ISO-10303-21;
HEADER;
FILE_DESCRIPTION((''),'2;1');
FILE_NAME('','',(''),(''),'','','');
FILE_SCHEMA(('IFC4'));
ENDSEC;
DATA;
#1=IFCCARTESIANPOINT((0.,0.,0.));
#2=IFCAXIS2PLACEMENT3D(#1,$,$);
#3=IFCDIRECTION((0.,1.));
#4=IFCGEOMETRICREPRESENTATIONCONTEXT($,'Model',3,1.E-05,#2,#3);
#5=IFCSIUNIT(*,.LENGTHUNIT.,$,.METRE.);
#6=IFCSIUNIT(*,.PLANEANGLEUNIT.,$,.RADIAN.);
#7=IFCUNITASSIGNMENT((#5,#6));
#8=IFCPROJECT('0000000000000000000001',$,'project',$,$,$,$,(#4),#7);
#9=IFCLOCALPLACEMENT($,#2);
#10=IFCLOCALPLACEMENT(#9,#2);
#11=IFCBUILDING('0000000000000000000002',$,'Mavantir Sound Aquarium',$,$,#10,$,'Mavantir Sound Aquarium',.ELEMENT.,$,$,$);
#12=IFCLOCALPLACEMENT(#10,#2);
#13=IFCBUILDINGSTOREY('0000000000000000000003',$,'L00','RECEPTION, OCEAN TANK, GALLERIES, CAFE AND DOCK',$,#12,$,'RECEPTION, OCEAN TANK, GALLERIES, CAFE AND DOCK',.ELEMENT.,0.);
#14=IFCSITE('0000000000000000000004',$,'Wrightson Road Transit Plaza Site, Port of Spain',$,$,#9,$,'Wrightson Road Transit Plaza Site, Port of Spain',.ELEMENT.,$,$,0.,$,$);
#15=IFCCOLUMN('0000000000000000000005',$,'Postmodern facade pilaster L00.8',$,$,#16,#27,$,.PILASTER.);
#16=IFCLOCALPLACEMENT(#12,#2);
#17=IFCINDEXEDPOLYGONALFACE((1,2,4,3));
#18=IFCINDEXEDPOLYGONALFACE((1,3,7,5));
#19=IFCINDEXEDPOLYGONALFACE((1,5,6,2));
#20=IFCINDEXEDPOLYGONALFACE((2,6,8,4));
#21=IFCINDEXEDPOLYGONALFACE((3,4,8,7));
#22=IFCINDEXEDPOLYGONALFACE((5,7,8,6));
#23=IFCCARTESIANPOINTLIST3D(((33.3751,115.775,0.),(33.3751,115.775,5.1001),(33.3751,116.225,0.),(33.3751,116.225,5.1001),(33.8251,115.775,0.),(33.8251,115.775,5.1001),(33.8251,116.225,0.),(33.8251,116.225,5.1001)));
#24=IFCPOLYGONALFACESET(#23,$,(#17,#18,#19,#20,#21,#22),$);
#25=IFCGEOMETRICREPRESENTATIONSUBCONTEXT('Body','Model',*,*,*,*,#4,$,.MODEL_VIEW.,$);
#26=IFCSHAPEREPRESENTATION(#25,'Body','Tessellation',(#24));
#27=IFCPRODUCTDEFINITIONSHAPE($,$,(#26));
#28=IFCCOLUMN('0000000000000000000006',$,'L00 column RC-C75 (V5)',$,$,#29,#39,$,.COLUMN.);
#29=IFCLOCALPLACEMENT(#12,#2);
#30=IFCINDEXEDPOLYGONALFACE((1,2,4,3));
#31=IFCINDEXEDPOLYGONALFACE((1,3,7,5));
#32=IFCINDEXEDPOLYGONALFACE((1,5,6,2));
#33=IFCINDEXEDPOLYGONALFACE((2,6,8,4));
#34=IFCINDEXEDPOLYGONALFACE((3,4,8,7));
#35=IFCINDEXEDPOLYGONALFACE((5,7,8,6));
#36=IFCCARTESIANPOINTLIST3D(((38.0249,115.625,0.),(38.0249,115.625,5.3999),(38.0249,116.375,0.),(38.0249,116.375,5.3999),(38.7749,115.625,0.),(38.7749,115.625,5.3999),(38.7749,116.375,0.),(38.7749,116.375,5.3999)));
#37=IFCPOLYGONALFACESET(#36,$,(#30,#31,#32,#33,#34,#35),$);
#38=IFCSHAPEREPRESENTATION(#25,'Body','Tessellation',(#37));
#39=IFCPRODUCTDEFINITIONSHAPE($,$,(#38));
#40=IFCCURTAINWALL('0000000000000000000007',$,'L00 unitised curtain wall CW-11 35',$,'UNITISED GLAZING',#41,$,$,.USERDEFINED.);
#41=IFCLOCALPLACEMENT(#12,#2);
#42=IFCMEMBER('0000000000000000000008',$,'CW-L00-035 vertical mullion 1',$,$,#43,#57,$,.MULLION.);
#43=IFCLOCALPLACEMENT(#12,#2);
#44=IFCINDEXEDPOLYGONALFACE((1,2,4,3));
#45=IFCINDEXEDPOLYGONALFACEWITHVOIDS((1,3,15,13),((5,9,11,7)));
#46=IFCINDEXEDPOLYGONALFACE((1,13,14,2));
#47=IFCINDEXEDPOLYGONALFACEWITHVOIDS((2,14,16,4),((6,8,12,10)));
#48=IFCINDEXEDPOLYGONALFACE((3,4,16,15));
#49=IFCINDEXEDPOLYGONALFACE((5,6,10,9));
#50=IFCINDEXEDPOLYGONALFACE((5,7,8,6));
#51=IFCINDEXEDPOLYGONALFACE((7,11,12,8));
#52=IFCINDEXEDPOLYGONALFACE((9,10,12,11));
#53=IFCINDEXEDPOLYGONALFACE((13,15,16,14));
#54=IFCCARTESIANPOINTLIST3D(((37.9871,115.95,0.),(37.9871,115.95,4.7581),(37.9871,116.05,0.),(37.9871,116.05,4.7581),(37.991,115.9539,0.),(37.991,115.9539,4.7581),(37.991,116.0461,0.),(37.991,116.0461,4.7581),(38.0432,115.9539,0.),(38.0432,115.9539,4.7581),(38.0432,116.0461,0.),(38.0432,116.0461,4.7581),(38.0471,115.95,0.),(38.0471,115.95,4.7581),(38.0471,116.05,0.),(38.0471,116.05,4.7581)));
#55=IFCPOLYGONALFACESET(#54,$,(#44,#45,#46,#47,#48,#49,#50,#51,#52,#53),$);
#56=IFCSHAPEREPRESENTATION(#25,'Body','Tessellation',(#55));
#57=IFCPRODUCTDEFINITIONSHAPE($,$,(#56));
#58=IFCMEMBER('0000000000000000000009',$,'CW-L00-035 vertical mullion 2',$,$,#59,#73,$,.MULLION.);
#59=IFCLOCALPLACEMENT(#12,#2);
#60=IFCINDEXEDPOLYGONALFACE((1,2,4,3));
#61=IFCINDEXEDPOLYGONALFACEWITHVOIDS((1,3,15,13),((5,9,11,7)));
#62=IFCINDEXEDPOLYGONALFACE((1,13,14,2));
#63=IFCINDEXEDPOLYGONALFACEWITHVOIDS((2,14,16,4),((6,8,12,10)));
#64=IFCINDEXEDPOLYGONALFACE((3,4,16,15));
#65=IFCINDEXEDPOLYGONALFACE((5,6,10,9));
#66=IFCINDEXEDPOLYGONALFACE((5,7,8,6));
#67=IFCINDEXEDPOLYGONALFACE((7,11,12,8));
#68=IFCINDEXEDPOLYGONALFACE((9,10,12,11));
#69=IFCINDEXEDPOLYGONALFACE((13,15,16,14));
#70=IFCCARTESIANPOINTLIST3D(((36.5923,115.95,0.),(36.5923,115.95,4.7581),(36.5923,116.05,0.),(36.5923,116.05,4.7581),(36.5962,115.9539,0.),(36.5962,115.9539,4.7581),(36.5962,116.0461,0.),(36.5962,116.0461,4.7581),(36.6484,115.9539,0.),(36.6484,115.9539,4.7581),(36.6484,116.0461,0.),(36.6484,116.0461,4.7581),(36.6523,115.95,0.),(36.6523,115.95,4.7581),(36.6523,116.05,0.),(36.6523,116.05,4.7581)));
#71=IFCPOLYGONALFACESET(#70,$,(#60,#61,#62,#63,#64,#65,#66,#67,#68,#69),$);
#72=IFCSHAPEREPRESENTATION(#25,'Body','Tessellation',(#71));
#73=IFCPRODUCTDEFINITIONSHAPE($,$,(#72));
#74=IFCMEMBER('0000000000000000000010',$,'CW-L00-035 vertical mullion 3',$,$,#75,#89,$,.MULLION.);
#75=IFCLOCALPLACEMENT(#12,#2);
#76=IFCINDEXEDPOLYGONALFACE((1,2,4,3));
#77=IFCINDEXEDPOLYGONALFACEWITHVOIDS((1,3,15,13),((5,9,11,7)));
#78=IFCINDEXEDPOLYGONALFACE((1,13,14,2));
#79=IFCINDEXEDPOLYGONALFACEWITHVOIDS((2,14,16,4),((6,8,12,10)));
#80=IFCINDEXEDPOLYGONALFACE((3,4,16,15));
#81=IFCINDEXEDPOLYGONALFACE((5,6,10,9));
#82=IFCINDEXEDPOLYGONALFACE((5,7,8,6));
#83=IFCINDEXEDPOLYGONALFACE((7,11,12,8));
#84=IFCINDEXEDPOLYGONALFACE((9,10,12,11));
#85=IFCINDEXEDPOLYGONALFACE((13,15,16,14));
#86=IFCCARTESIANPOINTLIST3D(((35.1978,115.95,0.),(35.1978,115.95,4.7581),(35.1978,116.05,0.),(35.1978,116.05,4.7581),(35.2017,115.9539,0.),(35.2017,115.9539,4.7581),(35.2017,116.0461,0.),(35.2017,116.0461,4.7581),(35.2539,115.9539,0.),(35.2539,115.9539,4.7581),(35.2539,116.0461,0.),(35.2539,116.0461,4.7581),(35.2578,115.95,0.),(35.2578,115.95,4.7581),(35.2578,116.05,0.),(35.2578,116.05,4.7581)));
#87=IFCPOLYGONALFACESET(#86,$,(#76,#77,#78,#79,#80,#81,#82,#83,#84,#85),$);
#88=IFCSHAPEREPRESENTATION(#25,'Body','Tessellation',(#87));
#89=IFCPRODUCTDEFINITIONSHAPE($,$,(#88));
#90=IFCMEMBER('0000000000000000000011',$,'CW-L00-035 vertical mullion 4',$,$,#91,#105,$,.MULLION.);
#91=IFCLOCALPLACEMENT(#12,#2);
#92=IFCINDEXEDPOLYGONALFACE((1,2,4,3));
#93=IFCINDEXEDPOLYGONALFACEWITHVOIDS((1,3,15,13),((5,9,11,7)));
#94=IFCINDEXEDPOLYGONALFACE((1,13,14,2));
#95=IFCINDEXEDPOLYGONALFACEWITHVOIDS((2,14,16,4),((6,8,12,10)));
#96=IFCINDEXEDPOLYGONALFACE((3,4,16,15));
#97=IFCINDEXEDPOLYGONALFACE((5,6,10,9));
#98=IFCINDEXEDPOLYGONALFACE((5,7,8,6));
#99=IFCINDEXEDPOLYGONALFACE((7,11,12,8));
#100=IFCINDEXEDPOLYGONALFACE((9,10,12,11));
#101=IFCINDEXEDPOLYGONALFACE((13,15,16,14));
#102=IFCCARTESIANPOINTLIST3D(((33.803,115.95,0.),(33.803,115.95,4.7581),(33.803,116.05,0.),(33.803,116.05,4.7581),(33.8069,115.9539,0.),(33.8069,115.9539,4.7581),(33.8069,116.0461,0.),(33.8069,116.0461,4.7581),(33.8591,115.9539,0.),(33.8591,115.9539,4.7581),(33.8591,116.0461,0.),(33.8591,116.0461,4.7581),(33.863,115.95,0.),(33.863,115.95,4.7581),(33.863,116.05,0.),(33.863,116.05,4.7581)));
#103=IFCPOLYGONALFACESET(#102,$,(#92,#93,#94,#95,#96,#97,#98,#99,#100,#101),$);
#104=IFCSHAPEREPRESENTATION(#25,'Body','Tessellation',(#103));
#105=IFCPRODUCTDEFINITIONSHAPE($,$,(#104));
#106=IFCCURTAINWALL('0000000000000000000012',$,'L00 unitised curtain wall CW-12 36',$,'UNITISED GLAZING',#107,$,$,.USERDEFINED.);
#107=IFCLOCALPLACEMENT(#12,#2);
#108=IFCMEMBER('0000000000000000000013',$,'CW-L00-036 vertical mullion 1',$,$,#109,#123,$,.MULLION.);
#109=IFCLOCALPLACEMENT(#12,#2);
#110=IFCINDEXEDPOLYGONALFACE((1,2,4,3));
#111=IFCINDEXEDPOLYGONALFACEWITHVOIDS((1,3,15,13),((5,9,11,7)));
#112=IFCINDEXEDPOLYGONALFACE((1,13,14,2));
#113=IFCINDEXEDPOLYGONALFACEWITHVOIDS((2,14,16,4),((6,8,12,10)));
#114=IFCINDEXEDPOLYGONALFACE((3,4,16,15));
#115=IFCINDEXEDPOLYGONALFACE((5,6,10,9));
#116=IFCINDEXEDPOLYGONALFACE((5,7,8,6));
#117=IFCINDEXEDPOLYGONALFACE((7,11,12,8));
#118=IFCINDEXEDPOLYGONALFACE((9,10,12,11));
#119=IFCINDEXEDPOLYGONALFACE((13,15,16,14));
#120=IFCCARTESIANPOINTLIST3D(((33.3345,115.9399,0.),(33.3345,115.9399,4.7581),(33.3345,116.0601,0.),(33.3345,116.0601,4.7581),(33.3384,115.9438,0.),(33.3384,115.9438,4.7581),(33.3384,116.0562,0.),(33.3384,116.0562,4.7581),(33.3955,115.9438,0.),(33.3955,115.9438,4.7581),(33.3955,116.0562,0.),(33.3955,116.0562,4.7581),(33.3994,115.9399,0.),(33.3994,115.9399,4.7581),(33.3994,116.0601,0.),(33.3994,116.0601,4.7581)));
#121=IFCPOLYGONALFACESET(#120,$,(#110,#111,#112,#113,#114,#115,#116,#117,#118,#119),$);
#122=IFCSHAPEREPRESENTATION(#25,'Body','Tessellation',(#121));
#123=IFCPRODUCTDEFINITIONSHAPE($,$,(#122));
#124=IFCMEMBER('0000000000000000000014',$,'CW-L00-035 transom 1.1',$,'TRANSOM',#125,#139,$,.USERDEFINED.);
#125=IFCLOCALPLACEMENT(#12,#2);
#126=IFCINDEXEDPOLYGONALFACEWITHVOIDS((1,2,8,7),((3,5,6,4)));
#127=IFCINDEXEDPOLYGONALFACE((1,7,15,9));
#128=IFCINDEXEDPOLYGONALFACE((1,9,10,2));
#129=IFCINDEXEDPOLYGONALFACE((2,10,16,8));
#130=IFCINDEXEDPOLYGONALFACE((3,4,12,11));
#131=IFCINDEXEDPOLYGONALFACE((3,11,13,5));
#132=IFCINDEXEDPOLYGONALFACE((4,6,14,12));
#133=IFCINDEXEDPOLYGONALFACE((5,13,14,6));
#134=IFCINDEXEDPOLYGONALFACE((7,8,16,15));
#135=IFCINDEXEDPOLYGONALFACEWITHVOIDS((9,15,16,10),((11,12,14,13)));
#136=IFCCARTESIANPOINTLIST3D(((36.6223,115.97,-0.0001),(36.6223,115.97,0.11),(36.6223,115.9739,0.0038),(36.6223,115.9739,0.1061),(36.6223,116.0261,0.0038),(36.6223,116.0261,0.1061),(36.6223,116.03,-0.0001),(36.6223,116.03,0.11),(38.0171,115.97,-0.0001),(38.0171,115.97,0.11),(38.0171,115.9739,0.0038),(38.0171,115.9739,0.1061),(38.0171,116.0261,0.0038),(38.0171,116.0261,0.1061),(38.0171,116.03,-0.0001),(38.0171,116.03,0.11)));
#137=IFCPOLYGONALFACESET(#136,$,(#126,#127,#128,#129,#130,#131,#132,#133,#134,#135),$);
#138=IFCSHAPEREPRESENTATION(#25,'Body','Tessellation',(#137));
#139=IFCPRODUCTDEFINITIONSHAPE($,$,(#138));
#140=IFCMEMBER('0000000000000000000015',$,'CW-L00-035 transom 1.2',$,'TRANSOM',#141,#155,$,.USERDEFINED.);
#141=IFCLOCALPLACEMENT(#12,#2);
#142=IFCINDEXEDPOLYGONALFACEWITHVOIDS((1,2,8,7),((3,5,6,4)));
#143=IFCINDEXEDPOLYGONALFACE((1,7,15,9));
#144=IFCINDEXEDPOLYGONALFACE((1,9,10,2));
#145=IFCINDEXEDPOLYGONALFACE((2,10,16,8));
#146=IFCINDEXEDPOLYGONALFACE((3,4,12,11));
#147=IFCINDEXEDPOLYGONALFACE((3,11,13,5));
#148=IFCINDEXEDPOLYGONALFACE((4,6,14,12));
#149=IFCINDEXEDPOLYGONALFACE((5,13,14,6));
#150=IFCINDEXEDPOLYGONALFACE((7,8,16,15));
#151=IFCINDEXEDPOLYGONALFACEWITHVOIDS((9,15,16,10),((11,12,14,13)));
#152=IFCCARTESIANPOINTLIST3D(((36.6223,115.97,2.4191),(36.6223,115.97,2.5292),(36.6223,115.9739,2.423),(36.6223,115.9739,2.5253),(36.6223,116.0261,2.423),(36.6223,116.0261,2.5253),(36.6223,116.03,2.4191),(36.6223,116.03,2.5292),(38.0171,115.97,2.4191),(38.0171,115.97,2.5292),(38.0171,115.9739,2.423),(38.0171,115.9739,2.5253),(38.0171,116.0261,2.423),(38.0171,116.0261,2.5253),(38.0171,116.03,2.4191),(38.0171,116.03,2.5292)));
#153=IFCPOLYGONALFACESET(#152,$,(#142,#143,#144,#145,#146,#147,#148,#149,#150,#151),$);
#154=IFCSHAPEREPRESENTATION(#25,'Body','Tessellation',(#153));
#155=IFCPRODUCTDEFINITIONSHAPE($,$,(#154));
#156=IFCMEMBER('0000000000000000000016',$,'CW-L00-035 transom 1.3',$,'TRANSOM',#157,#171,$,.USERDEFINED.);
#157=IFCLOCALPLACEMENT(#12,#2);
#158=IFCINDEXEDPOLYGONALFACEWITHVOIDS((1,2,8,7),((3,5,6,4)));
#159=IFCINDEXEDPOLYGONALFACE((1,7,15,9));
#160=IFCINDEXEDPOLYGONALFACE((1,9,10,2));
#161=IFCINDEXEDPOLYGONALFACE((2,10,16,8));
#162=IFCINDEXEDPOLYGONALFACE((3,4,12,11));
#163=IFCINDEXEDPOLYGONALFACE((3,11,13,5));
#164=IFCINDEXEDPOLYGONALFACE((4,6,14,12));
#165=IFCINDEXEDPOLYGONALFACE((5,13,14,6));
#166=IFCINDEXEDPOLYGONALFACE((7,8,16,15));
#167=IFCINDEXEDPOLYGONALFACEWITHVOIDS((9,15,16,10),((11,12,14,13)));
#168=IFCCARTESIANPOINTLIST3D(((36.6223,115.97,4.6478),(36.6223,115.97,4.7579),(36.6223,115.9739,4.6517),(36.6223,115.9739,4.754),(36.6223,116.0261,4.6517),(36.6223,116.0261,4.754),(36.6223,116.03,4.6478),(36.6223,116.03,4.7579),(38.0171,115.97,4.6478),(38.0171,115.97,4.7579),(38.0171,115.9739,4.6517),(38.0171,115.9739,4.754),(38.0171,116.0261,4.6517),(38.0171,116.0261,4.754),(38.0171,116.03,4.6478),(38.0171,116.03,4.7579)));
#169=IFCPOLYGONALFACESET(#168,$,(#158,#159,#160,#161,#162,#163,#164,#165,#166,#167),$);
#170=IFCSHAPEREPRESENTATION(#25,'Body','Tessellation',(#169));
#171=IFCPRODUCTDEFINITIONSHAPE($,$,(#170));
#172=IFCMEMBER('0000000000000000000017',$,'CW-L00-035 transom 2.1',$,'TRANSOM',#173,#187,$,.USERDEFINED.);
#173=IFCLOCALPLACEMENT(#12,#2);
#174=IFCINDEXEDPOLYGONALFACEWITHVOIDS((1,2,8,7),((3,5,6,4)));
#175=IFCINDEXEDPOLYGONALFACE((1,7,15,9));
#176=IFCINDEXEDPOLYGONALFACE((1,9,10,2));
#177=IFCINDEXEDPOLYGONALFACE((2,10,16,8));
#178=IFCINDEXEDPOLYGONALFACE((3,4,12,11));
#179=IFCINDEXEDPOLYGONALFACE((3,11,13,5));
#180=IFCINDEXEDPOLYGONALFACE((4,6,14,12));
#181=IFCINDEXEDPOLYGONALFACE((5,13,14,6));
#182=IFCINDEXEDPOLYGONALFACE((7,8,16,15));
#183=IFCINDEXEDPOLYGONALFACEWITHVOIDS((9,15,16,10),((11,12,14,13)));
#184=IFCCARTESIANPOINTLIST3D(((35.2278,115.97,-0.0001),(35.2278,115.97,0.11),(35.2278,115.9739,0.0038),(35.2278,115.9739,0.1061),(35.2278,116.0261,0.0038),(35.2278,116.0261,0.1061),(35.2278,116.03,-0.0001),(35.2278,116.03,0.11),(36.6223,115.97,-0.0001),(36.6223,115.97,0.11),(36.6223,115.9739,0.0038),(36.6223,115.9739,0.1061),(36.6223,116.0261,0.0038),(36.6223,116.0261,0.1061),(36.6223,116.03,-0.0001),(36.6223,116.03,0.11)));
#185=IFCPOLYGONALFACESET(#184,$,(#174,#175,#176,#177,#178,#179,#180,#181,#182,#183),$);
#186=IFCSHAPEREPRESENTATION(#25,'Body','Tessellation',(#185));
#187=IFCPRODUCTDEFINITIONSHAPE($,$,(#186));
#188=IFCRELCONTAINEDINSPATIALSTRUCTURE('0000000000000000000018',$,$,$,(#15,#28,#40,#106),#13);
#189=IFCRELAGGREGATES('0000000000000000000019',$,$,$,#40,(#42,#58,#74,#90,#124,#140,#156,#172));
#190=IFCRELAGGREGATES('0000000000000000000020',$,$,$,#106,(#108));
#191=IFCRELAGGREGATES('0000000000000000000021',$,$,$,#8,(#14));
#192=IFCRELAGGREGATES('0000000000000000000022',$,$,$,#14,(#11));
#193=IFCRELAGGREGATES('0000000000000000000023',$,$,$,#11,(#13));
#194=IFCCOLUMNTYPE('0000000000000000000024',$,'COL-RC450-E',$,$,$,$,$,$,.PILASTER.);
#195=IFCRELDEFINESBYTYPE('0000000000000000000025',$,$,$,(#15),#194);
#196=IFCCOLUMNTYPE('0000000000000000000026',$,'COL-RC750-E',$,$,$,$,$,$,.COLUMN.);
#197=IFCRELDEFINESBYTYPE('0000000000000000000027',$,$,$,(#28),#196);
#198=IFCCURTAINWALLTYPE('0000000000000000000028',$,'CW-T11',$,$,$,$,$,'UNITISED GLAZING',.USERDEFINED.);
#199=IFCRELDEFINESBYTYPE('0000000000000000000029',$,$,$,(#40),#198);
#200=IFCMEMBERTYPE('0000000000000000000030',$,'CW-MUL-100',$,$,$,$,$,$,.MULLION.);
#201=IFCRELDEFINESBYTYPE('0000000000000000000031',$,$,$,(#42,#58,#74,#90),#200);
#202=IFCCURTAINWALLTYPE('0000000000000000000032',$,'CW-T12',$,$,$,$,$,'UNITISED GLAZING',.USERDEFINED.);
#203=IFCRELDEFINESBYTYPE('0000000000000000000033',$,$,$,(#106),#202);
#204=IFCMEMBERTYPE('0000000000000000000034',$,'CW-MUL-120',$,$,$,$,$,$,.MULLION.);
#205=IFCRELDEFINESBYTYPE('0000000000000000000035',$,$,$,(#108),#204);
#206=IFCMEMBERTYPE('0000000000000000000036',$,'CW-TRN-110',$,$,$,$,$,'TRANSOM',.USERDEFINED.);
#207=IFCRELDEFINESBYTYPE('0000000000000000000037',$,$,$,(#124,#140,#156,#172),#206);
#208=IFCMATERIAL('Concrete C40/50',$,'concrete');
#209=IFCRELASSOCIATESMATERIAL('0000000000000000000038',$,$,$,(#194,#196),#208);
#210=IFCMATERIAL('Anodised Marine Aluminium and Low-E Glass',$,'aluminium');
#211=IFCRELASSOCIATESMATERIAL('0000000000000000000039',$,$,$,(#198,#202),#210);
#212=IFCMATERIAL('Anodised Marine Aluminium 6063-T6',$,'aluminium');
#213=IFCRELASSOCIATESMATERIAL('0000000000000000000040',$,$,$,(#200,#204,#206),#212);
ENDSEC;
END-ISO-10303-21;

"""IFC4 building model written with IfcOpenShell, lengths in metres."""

from ifc_helpers import new_model, si_unit, direction, frame, origin, origin_2d, place, context, subcontext, project, spatial, rectangle, hollow_rectangle, extrude, material, material_profile, profile_set, type_object, element, aggregate, save


model = new_model("IFC4")

# Units and contexts
model_context = context("Model", 3, precision=1e-05, world=origin(), true_north=direction((0.0, 1.0)))
body_context = subcontext(model_context, "Body", "Model", "MODEL_VIEW")
ifc_project = project(units=[si_unit("LENGTHUNIT", "METRE"), si_unit("PLANEANGLEUNIT", "RADIAN")], contexts=[model_context])

# Site, building, storey
site_placement = place(None, origin())
site = spatial("IfcSite", under=ifc_project, at=site_placement, Name="Wrightson Road Transit Plaza Site, Port of Spain", LongName="Wrightson Road Transit Plaza Site, Port of Spain", CompositionType="ELEMENT", RefElevation=0.0)
building_placement = place(site_placement, origin())
building = spatial("IfcBuilding", under=site, at=building_placement, Name="Mavantir Sound Aquarium", LongName="Mavantir Sound Aquarium", CompositionType="ELEMENT")
storey_placement = place(building_placement, origin())
storey = spatial("IfcBuildingStorey", under=building, at=storey_placement, Name="L00", Description="RECEPTION, OCEAN TANK, GALLERIES, CAFE AND DOCK", LongName="RECEPTION, OCEAN TANK, GALLERIES, CAFE AND DOCK", CompositionType="ELEMENT", Elevation=0.0)

# Columns
ifc_material_1 = material(Name="Concrete C40/50", Category="concrete")
ifc_material_profile_1 = material_profile(ifc_material_1, rectangle(XDim=0.45, YDim=0.45, at=origin_2d()), Name="RC 450X450")
ifc_profile_set_1 = profile_set([ifc_material_profile_1], Name="Concrete C40/50")
column_type_1 = type_object("IfcColumnType", Name="COL-RC450-E", PredefinedType="PILASTER", material=ifc_profile_set_1)
column_1_placement = place(storey_placement, frame((33.6001, 116.0, 0.0), z_axis=(0.0, 0.0, 1.0), x_axis=(1.0, 0.0, 0.0)))
element("IfcColumn", 1, at=column_1_placement, inside=storey, type_object=column_type_1, Name="Postmodern facade pilaster L00.8", PredefinedType="PILASTER", context=body_context, shape_type="SweptSolid", body=[
    extrude(rectangle(XDim=0.45, YDim=0.45, at=origin_2d()), origin(), (0.0, 0.0, 1.0), 5.1001),
])
ifc_material_profile_2 = material_profile(ifc_material_1, rectangle(XDim=0.75, YDim=0.75, at=origin_2d()), Name="RC 750X750")
ifc_profile_set_2 = profile_set([ifc_material_profile_2], Name="Concrete C40/50")
column_type_2 = type_object("IfcColumnType", Name="COL-RC750-E", PredefinedType="COLUMN", material=ifc_profile_set_2)
column_2_placement = place(storey_placement, frame((38.3999, 116.0, 0.0), z_axis=(0.0, 0.0, 1.0), x_axis=(1.0, 0.0, 0.0)))
element("IfcColumn", 2, at=column_2_placement, inside=storey, type_object=column_type_2, Name="L00 column RC-C75 (V5)", PredefinedType="COLUMN", context=body_context, shape_type="SweptSolid", body=[
    extrude(rectangle(XDim=0.75, YDim=0.75, at=origin_2d()), origin(), (0.0, 0.0, 1.0), 5.3999),
])

# Curtain wall, members
ifc_material_2 = material(Name="Anodised Marine Aluminium and Low-E Glass", Category="aluminium")
curtain_wall_type_1 = type_object("IfcCurtainWallType", Name="CW-T11", ElementType="UNITISED GLAZING", PredefinedType="USERDEFINED", material=ifc_material_2)
curtain_wall_1_placement = place(storey_placement, origin())
curtain_wall_1 = element("IfcCurtainWall", 3, at=curtain_wall_1_placement, inside=storey, type_object=curtain_wall_type_1, Name="L00 unitised curtain wall CW-11 35", ObjectType="UNITISED GLAZING", PredefinedType="USERDEFINED")
ifc_material_3 = material(Name="Anodised Marine Aluminium 6063-T6", Category="aluminium")
ifc_material_profile_3 = material_profile(ifc_material_3, hollow_rectangle(XDim=0.0601, YDim=0.1001, WallThickness=0.0039, at=origin_2d()), Name="ALU-MULLION-100X60")
ifc_profile_set_3 = profile_set([ifc_material_profile_3], Name="Anodised Marine Aluminium 6063-T6")
member_type_1 = type_object("IfcMemberType", Name="CW-MUL-100", PredefinedType="MULLION", material=ifc_profile_set_3)
member_1_placement = place(storey_placement, frame((38.0171, 116.0, 0.0), z_axis=(0.0, 0.0, 1.0), x_axis=(1.0, 0.0, 0.0)))
member_1 = element("IfcMember", 4, at=member_1_placement, type_object=member_type_1, Name="CW-L00-035 vertical mullion 1", PredefinedType="MULLION", context=body_context, shape_type="SweptSolid", body=[
    extrude(hollow_rectangle(XDim=0.0601, YDim=0.1001, WallThickness=0.0039, at=origin_2d()), origin(), (0.0, 0.0, 1.0), 4.7581),
])
member_2_placement = place(storey_placement, frame((36.6223, 116.0, 0.0), z_axis=(0.0, 0.0, 1.0), x_axis=(1.0, 0.0, 0.0)))
member_2 = element("IfcMember", 5, at=member_2_placement, type_object=member_type_1, Name="CW-L00-035 vertical mullion 2", PredefinedType="MULLION", context=body_context, shape_type="SweptSolid", body=[
    extrude(hollow_rectangle(XDim=0.0601, YDim=0.1001, WallThickness=0.0039, at=origin_2d()), origin(), (0.0, 0.0, 1.0), 4.7581),
])
member_3_placement = place(storey_placement, frame((35.2278, 116.0, 0.0), z_axis=(0.0, 0.0, 1.0), x_axis=(1.0, 0.0, 0.0)))
member_3 = element("IfcMember", 6, at=member_3_placement, type_object=member_type_1, Name="CW-L00-035 vertical mullion 3", PredefinedType="MULLION", context=body_context, shape_type="SweptSolid", body=[
    extrude(hollow_rectangle(XDim=0.0601, YDim=0.1001, WallThickness=0.0039, at=origin_2d()), origin(), (0.0, 0.0, 1.0), 4.7581),
])
member_4_placement = place(storey_placement, frame((33.833, 116.0, 0.0), z_axis=(0.0, 0.0, 1.0), x_axis=(1.0, 0.0, 0.0)))
member_4 = element("IfcMember", 7, at=member_4_placement, type_object=member_type_1, Name="CW-L00-035 vertical mullion 4", PredefinedType="MULLION", context=body_context, shape_type="SweptSolid", body=[
    extrude(hollow_rectangle(XDim=0.0601, YDim=0.1001, WallThickness=0.0039, at=origin_2d()), origin(), (0.0, 0.0, 1.0), 4.7581),
])

# Curtain wall, member
curtain_wall_type_2 = type_object("IfcCurtainWallType", Name="CW-T12", ElementType="UNITISED GLAZING", PredefinedType="USERDEFINED", material=ifc_material_2)
curtain_wall_2_placement = place(storey_placement, origin())
curtain_wall_2 = element("IfcCurtainWall", 8, at=curtain_wall_2_placement, inside=storey, type_object=curtain_wall_type_2, Name="L00 unitised curtain wall CW-12 36", ObjectType="UNITISED GLAZING", PredefinedType="USERDEFINED")
ifc_material_profile_4 = material_profile(ifc_material_3, hollow_rectangle(XDim=0.0649, YDim=0.1201, WallThickness=0.0039, at=origin_2d()), Name="ALU-MULLION-120X65")
ifc_profile_set_4 = profile_set([ifc_material_profile_4], Name="Anodised Marine Aluminium 6063-T6")
member_type_2 = type_object("IfcMemberType", Name="CW-MUL-120", PredefinedType="MULLION", material=ifc_profile_set_4)
member_5_placement = place(storey_placement, frame((33.3669, 116.0, 0.0), z_axis=(0.0, 0.0, 1.0), x_axis=(1.0, 0.0, 0.0)))
member_5 = element("IfcMember", 9, at=member_5_placement, type_object=member_type_2, Name="CW-L00-036 vertical mullion 1", PredefinedType="MULLION", context=body_context, shape_type="SweptSolid", body=[
    extrude(hollow_rectangle(XDim=0.0649, YDim=0.1201, WallThickness=0.0039, at=origin_2d()), origin(), (0.0, 0.0, 1.0), 4.7581),
])

# Members
ifc_material_profile_5 = material_profile(ifc_material_3, hollow_rectangle(XDim=0.0601, YDim=0.1101, WallThickness=0.0039, at=origin_2d()), Name="ALU-TRANSOM-110X60")
ifc_profile_set_5 = profile_set([ifc_material_profile_5], Name="Anodised Marine Aluminium 6063-T6")
member_type_3 = type_object("IfcMemberType", Name="CW-TRN-110", ElementType="TRANSOM", PredefinedType="USERDEFINED", material=ifc_profile_set_5)
member_6_placement = place(storey_placement, frame((38.0171, 116.0, 0.0549), z_axis=(-1.0, 0.0, 0.0), x_axis=(0.0, -1.0, 0.0)))
member_6 = element("IfcMember", 10, at=member_6_placement, type_object=member_type_3, Name="CW-L00-035 transom 1.1", ObjectType="TRANSOM", PredefinedType="USERDEFINED", context=body_context, shape_type="SweptSolid", body=[
    extrude(hollow_rectangle(XDim=0.0601, YDim=0.1101, WallThickness=0.0039, at=origin_2d()), origin(), (0.0, 0.0, 1.0), 1.3948),
])
member_7_placement = place(storey_placement, frame((38.0171, 116.0, 2.4741), z_axis=(-1.0, 0.0, 0.0), x_axis=(0.0, -1.0, 0.0)))
member_7 = element("IfcMember", 11, at=member_7_placement, type_object=member_type_3, Name="CW-L00-035 transom 1.2", ObjectType="TRANSOM", PredefinedType="USERDEFINED", context=body_context, shape_type="SweptSolid", body=[
    extrude(hollow_rectangle(XDim=0.0601, YDim=0.1101, WallThickness=0.0039, at=origin_2d()), origin(), (0.0, 0.0, 1.0), 1.3948),
])
member_8_placement = place(storey_placement, frame((38.0171, 116.0, 4.7029), z_axis=(-1.0, 0.0, 0.0), x_axis=(0.0, -1.0, 0.0)))
member_8 = element("IfcMember", 12, at=member_8_placement, type_object=member_type_3, Name="CW-L00-035 transom 1.3", ObjectType="TRANSOM", PredefinedType="USERDEFINED", context=body_context, shape_type="SweptSolid", body=[
    extrude(hollow_rectangle(XDim=0.0601, YDim=0.1101, WallThickness=0.0039, at=origin_2d()), origin(), (0.0, 0.0, 1.0), 1.3948),
])
member_9_placement = place(storey_placement, frame((36.6223, 116.0, 0.0549), z_axis=(-1.0, 0.0, 0.0), x_axis=(0.0, -1.0, 0.0)))
member_9 = element("IfcMember", 13, at=member_9_placement, type_object=member_type_3, Name="CW-L00-035 transom 2.1", ObjectType="TRANSOM", PredefinedType="USERDEFINED", context=body_context, shape_type="SweptSolid", body=[
    extrude(hollow_rectangle(XDim=0.0601, YDim=0.1101, WallThickness=0.0039, at=origin_2d()), origin(), (0.0, 0.0, 1.0), 1.3945),
])

aggregate(curtain_wall_1, [member_1, member_2, member_3, member_4, member_6, member_7, member_8, member_9])
aggregate(curtain_wall_2, [member_5])

save(model, "model.ifc")
